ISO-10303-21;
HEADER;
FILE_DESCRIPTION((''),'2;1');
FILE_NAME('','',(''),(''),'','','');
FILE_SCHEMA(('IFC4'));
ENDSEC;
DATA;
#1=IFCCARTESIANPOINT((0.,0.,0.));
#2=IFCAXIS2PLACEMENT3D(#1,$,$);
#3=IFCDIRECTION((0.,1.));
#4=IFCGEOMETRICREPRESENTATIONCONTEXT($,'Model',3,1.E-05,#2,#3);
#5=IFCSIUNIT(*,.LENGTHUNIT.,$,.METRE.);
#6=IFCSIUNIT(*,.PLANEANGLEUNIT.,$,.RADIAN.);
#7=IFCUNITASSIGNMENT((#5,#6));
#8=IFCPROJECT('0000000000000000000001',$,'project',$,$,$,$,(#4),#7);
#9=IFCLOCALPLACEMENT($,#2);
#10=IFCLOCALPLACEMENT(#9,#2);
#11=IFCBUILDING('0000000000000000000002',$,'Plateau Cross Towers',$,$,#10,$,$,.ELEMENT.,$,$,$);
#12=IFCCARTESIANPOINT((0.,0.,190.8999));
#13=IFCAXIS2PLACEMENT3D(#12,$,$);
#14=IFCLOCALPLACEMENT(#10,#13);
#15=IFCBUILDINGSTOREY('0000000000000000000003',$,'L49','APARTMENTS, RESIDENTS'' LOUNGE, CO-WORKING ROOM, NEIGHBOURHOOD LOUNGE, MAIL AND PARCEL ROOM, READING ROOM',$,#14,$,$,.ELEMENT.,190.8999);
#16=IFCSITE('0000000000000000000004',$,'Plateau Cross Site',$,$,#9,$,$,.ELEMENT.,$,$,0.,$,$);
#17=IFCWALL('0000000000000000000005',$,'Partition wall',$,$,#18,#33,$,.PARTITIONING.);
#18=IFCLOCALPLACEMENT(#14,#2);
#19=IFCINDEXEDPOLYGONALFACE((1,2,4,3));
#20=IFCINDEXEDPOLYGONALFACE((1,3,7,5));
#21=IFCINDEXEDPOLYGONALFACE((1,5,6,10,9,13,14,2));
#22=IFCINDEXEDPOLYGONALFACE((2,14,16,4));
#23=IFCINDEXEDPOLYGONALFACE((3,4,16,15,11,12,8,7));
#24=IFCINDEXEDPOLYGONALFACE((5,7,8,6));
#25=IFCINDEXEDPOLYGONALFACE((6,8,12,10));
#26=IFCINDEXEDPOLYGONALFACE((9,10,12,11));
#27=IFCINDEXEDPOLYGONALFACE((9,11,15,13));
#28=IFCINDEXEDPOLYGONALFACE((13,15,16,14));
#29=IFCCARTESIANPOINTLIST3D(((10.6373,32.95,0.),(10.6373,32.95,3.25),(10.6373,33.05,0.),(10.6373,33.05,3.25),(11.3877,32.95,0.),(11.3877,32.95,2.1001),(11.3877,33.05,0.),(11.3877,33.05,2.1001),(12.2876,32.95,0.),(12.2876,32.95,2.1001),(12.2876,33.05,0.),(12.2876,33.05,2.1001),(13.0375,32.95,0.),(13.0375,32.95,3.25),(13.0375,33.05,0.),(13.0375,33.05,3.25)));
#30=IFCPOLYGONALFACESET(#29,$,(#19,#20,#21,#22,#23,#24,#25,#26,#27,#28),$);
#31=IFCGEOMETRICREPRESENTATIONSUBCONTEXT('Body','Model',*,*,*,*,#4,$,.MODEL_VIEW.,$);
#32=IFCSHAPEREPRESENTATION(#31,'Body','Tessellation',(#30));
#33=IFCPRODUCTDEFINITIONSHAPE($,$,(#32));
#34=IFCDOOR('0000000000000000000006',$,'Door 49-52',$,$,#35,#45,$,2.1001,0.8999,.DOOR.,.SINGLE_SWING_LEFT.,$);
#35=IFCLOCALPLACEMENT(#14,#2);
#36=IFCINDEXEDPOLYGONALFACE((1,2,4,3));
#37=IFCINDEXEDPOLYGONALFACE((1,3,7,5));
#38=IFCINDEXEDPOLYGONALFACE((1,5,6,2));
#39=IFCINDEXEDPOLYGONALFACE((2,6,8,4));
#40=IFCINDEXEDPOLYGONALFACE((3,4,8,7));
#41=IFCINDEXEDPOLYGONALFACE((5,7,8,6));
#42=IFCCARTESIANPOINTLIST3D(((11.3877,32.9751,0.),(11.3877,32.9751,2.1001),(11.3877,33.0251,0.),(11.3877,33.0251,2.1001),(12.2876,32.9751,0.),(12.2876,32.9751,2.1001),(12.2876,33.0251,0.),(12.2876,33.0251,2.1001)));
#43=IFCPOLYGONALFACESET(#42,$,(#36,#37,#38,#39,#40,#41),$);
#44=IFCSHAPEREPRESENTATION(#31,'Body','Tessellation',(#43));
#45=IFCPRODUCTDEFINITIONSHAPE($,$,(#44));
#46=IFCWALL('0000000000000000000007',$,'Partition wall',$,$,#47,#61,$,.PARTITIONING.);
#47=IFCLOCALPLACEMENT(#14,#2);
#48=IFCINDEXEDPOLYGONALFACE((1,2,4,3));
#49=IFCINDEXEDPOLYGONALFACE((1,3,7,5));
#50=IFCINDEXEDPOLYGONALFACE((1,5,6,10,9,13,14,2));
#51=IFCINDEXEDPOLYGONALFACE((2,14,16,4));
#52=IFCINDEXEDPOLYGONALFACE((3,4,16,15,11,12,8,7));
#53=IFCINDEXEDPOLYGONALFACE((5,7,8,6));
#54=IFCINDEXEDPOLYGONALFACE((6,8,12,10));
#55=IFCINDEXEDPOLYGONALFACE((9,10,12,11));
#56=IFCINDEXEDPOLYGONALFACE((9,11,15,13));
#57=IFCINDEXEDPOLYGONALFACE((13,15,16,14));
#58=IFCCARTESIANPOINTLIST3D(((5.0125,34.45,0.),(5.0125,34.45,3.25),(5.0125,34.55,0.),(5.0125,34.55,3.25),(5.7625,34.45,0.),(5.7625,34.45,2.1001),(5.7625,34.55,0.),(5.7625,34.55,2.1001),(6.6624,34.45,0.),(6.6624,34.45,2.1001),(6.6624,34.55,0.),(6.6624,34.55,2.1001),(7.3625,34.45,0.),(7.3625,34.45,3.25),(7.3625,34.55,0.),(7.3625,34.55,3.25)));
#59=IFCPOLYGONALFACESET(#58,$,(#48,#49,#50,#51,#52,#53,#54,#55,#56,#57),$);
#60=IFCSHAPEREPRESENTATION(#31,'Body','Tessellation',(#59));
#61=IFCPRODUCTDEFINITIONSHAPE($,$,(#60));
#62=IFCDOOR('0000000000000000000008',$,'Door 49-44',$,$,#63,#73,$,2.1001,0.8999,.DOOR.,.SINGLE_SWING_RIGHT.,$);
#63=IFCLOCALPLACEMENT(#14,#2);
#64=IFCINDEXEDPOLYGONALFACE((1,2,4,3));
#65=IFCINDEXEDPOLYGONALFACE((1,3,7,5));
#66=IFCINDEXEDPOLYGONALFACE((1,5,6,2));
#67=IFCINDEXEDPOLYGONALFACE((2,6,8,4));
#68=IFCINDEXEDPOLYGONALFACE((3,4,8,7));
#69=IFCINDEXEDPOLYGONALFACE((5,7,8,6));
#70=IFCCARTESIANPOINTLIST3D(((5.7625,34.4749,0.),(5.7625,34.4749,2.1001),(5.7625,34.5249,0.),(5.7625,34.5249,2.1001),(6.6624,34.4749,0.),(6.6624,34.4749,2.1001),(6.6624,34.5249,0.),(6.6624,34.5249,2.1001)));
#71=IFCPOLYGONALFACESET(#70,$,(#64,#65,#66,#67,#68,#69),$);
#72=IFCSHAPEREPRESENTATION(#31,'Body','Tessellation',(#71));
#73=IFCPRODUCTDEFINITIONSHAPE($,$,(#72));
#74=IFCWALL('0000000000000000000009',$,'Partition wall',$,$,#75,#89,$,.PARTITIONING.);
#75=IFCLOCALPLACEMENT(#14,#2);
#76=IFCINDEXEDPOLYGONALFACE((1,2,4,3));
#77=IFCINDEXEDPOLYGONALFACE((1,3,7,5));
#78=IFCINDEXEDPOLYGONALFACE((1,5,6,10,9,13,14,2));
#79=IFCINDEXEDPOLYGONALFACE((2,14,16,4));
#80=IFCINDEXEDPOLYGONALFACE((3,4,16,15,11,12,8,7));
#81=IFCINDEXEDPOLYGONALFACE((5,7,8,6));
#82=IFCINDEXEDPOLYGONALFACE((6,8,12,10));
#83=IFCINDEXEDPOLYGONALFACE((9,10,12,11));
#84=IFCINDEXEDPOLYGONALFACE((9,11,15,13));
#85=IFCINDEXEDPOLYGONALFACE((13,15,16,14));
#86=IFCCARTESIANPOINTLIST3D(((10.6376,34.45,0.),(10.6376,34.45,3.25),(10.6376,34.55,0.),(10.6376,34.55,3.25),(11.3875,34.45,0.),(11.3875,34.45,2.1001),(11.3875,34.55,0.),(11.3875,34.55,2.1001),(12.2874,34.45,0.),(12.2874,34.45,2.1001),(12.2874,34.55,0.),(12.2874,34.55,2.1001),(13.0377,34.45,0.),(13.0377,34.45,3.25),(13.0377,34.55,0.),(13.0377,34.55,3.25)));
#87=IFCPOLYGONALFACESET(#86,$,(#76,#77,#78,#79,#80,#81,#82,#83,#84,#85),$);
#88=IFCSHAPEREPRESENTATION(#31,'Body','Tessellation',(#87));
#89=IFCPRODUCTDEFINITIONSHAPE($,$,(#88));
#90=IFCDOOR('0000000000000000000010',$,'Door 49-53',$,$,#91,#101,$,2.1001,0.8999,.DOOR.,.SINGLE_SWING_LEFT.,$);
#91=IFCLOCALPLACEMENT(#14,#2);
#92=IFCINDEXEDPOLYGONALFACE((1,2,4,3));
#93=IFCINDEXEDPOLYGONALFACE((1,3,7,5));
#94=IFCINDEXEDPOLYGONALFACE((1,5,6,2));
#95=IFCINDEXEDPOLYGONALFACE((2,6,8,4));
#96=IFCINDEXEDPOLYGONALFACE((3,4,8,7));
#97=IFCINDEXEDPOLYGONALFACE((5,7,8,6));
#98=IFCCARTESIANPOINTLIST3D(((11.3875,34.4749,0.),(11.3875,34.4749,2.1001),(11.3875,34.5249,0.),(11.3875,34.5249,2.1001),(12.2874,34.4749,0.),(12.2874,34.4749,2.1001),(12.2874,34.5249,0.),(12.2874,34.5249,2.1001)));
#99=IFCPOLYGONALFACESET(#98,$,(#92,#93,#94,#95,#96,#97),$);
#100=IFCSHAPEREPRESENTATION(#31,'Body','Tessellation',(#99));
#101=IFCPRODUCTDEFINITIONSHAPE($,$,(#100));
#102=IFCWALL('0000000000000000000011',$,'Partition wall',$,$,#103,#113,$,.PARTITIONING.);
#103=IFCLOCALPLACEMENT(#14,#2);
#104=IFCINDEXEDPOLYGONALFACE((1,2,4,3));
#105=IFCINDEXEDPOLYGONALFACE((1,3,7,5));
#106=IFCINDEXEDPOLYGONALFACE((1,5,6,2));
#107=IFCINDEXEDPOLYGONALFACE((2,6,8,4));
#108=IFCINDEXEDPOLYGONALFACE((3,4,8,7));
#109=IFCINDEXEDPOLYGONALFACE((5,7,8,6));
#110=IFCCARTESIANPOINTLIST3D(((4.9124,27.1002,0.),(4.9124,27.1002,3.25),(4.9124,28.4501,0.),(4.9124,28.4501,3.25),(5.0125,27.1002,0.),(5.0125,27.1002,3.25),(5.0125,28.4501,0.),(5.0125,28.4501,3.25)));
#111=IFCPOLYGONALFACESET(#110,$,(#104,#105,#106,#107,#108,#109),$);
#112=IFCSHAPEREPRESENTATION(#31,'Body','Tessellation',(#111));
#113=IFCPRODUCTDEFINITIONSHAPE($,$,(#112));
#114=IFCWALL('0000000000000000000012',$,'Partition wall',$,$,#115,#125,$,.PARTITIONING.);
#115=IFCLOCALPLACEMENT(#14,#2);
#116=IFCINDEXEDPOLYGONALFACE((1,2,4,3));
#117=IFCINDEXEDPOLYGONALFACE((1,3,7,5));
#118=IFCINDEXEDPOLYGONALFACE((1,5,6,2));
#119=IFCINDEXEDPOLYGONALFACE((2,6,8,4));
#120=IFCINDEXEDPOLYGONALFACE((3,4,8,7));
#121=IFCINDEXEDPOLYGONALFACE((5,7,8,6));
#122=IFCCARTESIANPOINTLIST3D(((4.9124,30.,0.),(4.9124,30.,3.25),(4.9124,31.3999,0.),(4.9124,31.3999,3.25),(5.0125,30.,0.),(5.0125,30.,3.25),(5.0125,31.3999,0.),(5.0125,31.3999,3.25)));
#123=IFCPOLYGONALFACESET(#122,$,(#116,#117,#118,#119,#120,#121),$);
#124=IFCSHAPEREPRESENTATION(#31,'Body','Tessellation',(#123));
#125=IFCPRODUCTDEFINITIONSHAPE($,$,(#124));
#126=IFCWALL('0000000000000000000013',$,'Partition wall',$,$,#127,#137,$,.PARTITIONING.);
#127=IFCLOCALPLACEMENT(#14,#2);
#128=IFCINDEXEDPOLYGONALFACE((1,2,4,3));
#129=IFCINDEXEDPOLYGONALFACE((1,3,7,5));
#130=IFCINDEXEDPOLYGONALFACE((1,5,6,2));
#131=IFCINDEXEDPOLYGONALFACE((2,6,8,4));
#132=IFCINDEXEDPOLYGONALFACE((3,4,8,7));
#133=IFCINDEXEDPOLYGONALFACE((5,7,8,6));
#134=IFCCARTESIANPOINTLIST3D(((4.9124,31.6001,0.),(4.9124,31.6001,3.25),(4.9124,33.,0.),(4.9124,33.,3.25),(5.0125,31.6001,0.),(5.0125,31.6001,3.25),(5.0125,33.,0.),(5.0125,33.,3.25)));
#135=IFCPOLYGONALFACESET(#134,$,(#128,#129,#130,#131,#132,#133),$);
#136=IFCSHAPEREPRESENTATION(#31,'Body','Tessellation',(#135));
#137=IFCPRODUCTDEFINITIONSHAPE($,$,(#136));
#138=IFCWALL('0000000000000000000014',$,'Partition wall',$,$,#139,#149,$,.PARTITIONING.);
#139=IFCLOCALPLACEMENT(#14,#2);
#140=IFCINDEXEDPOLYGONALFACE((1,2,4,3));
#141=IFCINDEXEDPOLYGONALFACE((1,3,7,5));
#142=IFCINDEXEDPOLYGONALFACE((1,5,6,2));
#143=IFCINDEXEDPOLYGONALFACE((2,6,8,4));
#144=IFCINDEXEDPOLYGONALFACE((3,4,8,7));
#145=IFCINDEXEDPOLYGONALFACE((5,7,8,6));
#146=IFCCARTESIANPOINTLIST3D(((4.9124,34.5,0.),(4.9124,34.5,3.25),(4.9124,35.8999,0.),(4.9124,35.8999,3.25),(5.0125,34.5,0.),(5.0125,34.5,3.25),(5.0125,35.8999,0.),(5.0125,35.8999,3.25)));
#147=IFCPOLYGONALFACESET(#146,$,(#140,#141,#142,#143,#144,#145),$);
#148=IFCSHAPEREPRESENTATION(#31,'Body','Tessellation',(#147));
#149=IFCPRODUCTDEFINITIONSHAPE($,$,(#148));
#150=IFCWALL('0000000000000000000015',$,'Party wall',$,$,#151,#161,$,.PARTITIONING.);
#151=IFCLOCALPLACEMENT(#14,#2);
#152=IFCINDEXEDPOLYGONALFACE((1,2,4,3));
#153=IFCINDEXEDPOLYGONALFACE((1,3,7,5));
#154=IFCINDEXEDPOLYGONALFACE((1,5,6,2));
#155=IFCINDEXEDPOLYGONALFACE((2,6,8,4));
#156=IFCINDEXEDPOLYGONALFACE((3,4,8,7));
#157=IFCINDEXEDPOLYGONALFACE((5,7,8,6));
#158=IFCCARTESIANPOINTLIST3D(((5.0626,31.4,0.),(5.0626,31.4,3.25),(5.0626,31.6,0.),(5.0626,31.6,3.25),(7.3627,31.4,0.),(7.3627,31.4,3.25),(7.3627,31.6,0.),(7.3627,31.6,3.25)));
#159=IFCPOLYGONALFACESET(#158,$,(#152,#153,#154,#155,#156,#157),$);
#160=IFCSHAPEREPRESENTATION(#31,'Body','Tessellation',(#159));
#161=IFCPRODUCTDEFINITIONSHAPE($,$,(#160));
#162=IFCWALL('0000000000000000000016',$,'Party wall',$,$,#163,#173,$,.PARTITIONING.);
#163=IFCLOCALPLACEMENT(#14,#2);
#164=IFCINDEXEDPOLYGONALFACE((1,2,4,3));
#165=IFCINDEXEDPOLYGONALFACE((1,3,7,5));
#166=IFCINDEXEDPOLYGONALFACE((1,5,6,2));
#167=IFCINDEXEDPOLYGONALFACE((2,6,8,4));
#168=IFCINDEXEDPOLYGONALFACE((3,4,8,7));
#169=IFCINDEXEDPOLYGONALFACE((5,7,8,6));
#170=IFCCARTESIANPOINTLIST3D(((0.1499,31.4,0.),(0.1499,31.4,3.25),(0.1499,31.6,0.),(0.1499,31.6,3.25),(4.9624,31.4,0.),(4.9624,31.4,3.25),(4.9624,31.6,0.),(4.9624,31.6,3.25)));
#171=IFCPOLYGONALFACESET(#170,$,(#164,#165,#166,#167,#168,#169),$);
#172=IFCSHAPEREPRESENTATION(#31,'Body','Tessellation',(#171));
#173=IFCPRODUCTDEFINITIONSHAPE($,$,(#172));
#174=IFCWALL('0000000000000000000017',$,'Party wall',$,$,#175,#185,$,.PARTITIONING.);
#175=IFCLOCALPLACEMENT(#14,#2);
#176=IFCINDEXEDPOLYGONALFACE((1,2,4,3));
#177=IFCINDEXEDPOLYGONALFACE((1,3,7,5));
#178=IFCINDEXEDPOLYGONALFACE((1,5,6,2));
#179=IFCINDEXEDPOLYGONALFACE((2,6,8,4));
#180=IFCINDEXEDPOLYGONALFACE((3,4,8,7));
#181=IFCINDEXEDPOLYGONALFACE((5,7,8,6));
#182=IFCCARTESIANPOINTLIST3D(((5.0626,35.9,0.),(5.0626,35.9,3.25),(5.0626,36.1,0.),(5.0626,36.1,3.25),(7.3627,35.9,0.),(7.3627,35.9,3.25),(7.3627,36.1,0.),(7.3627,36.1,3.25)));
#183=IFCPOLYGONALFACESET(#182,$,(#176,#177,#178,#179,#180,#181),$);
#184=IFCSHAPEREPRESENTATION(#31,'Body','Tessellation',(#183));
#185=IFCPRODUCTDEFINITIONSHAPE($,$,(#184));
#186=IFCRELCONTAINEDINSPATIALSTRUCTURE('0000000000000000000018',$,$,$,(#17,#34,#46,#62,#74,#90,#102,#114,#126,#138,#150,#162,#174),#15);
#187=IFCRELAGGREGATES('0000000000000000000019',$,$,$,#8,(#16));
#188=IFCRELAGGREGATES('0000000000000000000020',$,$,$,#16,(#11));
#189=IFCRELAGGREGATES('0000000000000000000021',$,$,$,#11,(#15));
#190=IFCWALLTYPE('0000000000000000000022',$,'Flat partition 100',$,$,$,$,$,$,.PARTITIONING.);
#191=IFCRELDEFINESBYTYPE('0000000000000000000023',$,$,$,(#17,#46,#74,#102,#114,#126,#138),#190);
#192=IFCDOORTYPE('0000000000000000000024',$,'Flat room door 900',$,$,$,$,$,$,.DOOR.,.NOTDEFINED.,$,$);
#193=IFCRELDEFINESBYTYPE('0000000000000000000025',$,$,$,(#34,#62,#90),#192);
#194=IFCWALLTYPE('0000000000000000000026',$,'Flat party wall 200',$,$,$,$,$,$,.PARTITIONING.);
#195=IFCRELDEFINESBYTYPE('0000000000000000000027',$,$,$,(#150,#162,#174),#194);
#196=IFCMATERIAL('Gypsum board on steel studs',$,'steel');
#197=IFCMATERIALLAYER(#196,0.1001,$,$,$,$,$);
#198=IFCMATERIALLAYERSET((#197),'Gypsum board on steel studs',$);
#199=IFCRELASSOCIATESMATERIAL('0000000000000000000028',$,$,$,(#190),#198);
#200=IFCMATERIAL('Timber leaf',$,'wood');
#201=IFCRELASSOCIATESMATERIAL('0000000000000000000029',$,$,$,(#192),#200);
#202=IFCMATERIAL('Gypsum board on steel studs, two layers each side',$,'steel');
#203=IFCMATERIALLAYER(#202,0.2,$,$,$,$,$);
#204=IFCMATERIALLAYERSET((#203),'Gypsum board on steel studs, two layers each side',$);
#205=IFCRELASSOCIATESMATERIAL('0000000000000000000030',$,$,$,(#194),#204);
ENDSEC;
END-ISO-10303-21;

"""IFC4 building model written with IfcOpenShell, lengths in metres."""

from ifc_helpers import new_model, si_unit, direction, frame, frame_2d, origin, place, context, subcontext, project, spatial, rectangle, extrude, material, layer, layer_set, type_object, element, fill, save


model = new_model("IFC4")

# Units and contexts
model_context = context("Model", 3, precision=1e-05, world=origin(), true_north=direction((0.0, 1.0)))
body_context = subcontext(model_context, "Body", "Model", "MODEL_VIEW")
ifc_project = project(units=[si_unit("LENGTHUNIT", "METRE"), si_unit("PLANEANGLEUNIT", "RADIAN")], contexts=[model_context])

# Site, building, storey
site_placement = place(None, origin())
site = spatial("IfcSite", under=ifc_project, at=site_placement, Name="Plateau Cross Site", CompositionType="ELEMENT", RefElevation=0.0)
building_placement = place(site_placement, origin())
building = spatial("IfcBuilding", under=site, at=building_placement, Name="Plateau Cross Towers", CompositionType="ELEMENT")
storey_placement = place(building_placement, frame((0.0, 0.0, 190.8999)))
storey = spatial("IfcBuildingStorey", under=building, at=storey_placement, Name="L49", Description="APARTMENTS, RESIDENTS' LOUNGE, CO-WORKING ROOM, NEIGHBOURHOOD LOUNGE, MAIL AND PARCEL ROOM, READING ROOM", CompositionType="ELEMENT", Elevation=190.8999)

# Walls, openings, doors
ifc_material_1 = material(Name="Gypsum board on steel studs", Category="steel")
ifc_layer_1 = layer(ifc_material_1, 0.1001)
ifc_layer_set_1 = layer_set([ifc_layer_1], Name="Gypsum board on steel studs")
wall_type_1 = type_object("IfcWallType", Name="Flat partition 100", PredefinedType="PARTITIONING", material=ifc_layer_set_1)
ifc_material_2 = material(Name="Timber leaf", Category="wood")
door_type_1 = type_object("IfcDoorType", Name="Flat room door 900", OperationType="NOTDEFINED", PredefinedType="DOOR", material=ifc_material_2)
wall_1_placement = place(storey_placement, frame((13.0376, 33.0, 0.0), z_axis=(0.0, 0.0, 1.0), x_axis=(-1.0, 0.0, 0.0)))
wall_1 = element("IfcWall", 1, at=wall_1_placement, inside=storey, type_object=wall_type_1, Name="Partition wall", PredefinedType="PARTITIONING", context=body_context, shape_type="SweptSolid", body=[
    extrude(rectangle(XDim=2.4001, YDim=0.1001, at=frame_2d((1.2002, 0.0))), origin(), (0.0, 0.0, 1.0), 3.25),
])
opening_1_placement = place(wall_1_placement, frame((0.75, 0.0, 0.0)))
opening_1 = element("IfcOpeningElement", 2, at=opening_1_placement, cuts=wall_1, PredefinedType="OPENING", context=body_context, shape_type="SweptSolid", body=[
    extrude(rectangle(XDim=0.8999, YDim=2.1001, at=frame_2d((0.45, 1.05))), frame((0.0, 0.0601, 0.0), z_axis=(0.0, -1.0, 0.0), x_axis=(1.0, 0.0, 0.0)), (0.0, 0.0, 1.0), 0.1201),
])
door_1_placement = place(opening_1_placement, origin())
door_1 = element("IfcDoor", 3, at=door_1_placement, inside=storey, type_object=door_type_1, Name="Door 49-52", OperationType="SINGLE_SWING_LEFT", OverallHeight=2.1001, OverallWidth=0.8999, PredefinedType="DOOR", context=body_context, shape_type="SweptSolid", body=[
    extrude(rectangle(XDim=0.8999, YDim=2.1001, at=frame_2d((0.45, 1.05))), frame((0.0, 0.0249, 0.0), z_axis=(0.0, -1.0, 0.0), x_axis=(1.0, 0.0, 0.0)), (0.0, 0.0, 1.0), 0.05),
])
fill(opening_1, door_1)
wall_2_placement = place(storey_placement, frame((5.0125, 34.5, 0.0), z_axis=(0.0, 0.0, 1.0), x_axis=(1.0, 0.0, 0.0)))
wall_2 = element("IfcWall", 4, at=wall_2_placement, inside=storey, type_object=wall_type_1, Name="Partition wall", PredefinedType="PARTITIONING", context=body_context, shape_type="SweptSolid", body=[
    extrude(rectangle(XDim=2.3501, YDim=0.1001, at=frame_2d((1.175, 0.0))), origin(), (0.0, 0.0, 1.0), 3.25),
])
opening_2_placement = place(wall_2_placement, frame((0.75, 0.0, 0.0)))
opening_2 = element("IfcOpeningElement", 5, at=opening_2_placement, cuts=wall_2, PredefinedType="OPENING", context=body_context, shape_type="SweptSolid", body=[
    extrude(rectangle(XDim=0.8999, YDim=2.1001, at=frame_2d((0.45, 1.05))), frame((0.0, 0.0601, 0.0), z_axis=(0.0, -1.0, 0.0), x_axis=(1.0, 0.0, 0.0)), (0.0, 0.0, 1.0), 0.1201),
])
door_2_placement = place(opening_2_placement, origin())
door_2 = element("IfcDoor", 6, at=door_2_placement, inside=storey, type_object=door_type_1, Name="Door 49-44", OperationType="SINGLE_SWING_RIGHT", OverallHeight=2.1001, OverallWidth=0.8999, PredefinedType="DOOR", context=body_context, shape_type="SweptSolid", body=[
    extrude(rectangle(XDim=0.8999, YDim=2.1001, at=frame_2d((0.45, 1.05))), frame((0.0, 0.0249, 0.0), z_axis=(0.0, -1.0, 0.0), x_axis=(1.0, 0.0, 0.0)), (0.0, 0.0, 1.0), 0.05),
])
fill(opening_2, door_2)
wall_3_placement = place(storey_placement, frame((10.6375, 34.5, 0.0), z_axis=(0.0, 0.0, 1.0), x_axis=(1.0, 0.0, 0.0)))
wall_3 = element("IfcWall", 7, at=wall_3_placement, inside=storey, type_object=wall_type_1, Name="Partition wall", PredefinedType="PARTITIONING", context=body_context, shape_type="SweptSolid", body=[
    extrude(rectangle(XDim=2.4001, YDim=0.1001, at=frame_2d((1.2002, 0.0))), origin(), (0.0, 0.0, 1.0), 3.25),
])
opening_3_placement = place(wall_3_placement, frame((0.75, 0.0, 0.0)))
opening_3 = element("IfcOpeningElement", 8, at=opening_3_placement, cuts=wall_3, PredefinedType="OPENING", context=body_context, shape_type="SweptSolid", body=[
    extrude(rectangle(XDim=0.8999, YDim=2.1001, at=frame_2d((0.45, 1.05))), frame((0.0, 0.0601, 0.0), z_axis=(0.0, -1.0, 0.0), x_axis=(1.0, 0.0, 0.0)), (0.0, 0.0, 1.0), 0.1201),
])
door_3_placement = place(opening_3_placement, origin())
door_3 = element("IfcDoor", 9, at=door_3_placement, inside=storey, type_object=door_type_1, Name="Door 49-53", OperationType="SINGLE_SWING_LEFT", OverallHeight=2.1001, OverallWidth=0.8999, PredefinedType="DOOR", context=body_context, shape_type="SweptSolid", body=[
    extrude(rectangle(XDim=0.8999, YDim=2.1001, at=frame_2d((0.45, 1.05))), frame((0.0, 0.0249, 0.0), z_axis=(0.0, -1.0, 0.0), x_axis=(1.0, 0.0, 0.0)), (0.0, 0.0, 1.0), 0.05),
])
fill(opening_3, door_3)

# Walls
wall_4_placement = place(storey_placement, frame((4.9624, 28.45, 0.0), z_axis=(0.0, 0.0, 1.0), x_axis=(0.0, -1.0, 0.0)))
element("IfcWall", 10, at=wall_4_placement, inside=storey, type_object=wall_type_1, Name="Partition wall", PredefinedType="PARTITIONING", context=body_context, shape_type="SweptSolid", body=[
    extrude(rectangle(XDim=1.3499, YDim=0.1001, at=frame_2d((0.6748, 0.0))), origin(), (0.0, 0.0, 1.0), 3.25),
])
for number, where, z_axis, x_axis, name in (
    (11, (4.9624, 31.3999, 0.0), (0.0, 0.0, 1.0), (0.0, -1.0, 0.0), "Partition wall"),
    (12, (4.9624, 33.0, 0.0), (0.0, 0.0, 1.0), (0.0, -1.0, 0.0), "Partition wall"),
    (13, (4.9624, 35.8999, 0.0), (0.0, 0.0, 1.0), (0.0, -1.0, 0.0), "Partition wall"),
):
    element("IfcWall", number, at=place(storey_placement, frame(where, z_axis=z_axis, x_axis=x_axis)), inside=storey, type_object=wall_type_1, Name=name, PredefinedType="PARTITIONING", context=body_context, shape_type="SweptSolid", body=[
        extrude(rectangle(XDim=1.3999, YDim=0.1001, at=frame_2d((0.7, 0.0))), origin(), (0.0, 0.0, 1.0), 3.25),
    ])
ifc_material_3 = material(Name="Gypsum board on steel studs, two layers each side", Category="steel")
ifc_layer_2 = layer(ifc_material_3, 0.2)
ifc_layer_set_2 = layer_set([ifc_layer_2], Name="Gypsum board on steel studs, two layers each side")
wall_type_2 = type_object("IfcWallType", Name="Flat party wall 200", PredefinedType="PARTITIONING", material=ifc_layer_set_2)
wall_5_placement = place(storey_placement, frame((7.3625, 31.5, 0.0), z_axis=(0.0, 0.0, 1.0), x_axis=(-1.0, 0.0, 0.0)))
element("IfcWall", 14, at=wall_5_placement, inside=storey, type_object=wall_type_2, Name="Party wall", PredefinedType="PARTITIONING", context=body_context, shape_type="SweptSolid", body=[
    extrude(rectangle(XDim=2.3, YDim=0.2, at=frame_2d((1.1499, 0.0))), origin(), (0.0, 0.0, 1.0), 3.25),
])
wall_6_placement = place(storey_placement, frame((0.1499, 31.5, 0.0), z_axis=(0.0, 0.0, 1.0), x_axis=(1.0, 0.0, 0.0)))
element("IfcWall", 15, at=wall_6_placement, inside=storey, type_object=wall_type_2, Name="Party wall", PredefinedType="PARTITIONING", context=body_context, shape_type="SweptSolid", body=[
    extrude(rectangle(XDim=4.8125, YDim=0.2, at=frame_2d((2.4062, 0.0))), origin(), (0.0, 0.0, 1.0), 3.25),
])
for number, where, z_axis, x_axis, name in (
    (16, (7.3625, 36.0, 0.0), (0.0, 0.0, 1.0), (-1.0, 0.0, 0.0), "Party wall"),
):
    element("IfcWall", number, at=place(storey_placement, frame(where, z_axis=z_axis, x_axis=x_axis)), inside=storey, type_object=wall_type_2, Name=name, PredefinedType="PARTITIONING", context=body_context, shape_type="SweptSolid", body=[
        extrude(rectangle(XDim=2.3, YDim=0.2, at=frame_2d((1.1499, 0.0))), origin(), (0.0, 0.0, 1.0), 3.25),
    ])

save(model, "model.ifc")
